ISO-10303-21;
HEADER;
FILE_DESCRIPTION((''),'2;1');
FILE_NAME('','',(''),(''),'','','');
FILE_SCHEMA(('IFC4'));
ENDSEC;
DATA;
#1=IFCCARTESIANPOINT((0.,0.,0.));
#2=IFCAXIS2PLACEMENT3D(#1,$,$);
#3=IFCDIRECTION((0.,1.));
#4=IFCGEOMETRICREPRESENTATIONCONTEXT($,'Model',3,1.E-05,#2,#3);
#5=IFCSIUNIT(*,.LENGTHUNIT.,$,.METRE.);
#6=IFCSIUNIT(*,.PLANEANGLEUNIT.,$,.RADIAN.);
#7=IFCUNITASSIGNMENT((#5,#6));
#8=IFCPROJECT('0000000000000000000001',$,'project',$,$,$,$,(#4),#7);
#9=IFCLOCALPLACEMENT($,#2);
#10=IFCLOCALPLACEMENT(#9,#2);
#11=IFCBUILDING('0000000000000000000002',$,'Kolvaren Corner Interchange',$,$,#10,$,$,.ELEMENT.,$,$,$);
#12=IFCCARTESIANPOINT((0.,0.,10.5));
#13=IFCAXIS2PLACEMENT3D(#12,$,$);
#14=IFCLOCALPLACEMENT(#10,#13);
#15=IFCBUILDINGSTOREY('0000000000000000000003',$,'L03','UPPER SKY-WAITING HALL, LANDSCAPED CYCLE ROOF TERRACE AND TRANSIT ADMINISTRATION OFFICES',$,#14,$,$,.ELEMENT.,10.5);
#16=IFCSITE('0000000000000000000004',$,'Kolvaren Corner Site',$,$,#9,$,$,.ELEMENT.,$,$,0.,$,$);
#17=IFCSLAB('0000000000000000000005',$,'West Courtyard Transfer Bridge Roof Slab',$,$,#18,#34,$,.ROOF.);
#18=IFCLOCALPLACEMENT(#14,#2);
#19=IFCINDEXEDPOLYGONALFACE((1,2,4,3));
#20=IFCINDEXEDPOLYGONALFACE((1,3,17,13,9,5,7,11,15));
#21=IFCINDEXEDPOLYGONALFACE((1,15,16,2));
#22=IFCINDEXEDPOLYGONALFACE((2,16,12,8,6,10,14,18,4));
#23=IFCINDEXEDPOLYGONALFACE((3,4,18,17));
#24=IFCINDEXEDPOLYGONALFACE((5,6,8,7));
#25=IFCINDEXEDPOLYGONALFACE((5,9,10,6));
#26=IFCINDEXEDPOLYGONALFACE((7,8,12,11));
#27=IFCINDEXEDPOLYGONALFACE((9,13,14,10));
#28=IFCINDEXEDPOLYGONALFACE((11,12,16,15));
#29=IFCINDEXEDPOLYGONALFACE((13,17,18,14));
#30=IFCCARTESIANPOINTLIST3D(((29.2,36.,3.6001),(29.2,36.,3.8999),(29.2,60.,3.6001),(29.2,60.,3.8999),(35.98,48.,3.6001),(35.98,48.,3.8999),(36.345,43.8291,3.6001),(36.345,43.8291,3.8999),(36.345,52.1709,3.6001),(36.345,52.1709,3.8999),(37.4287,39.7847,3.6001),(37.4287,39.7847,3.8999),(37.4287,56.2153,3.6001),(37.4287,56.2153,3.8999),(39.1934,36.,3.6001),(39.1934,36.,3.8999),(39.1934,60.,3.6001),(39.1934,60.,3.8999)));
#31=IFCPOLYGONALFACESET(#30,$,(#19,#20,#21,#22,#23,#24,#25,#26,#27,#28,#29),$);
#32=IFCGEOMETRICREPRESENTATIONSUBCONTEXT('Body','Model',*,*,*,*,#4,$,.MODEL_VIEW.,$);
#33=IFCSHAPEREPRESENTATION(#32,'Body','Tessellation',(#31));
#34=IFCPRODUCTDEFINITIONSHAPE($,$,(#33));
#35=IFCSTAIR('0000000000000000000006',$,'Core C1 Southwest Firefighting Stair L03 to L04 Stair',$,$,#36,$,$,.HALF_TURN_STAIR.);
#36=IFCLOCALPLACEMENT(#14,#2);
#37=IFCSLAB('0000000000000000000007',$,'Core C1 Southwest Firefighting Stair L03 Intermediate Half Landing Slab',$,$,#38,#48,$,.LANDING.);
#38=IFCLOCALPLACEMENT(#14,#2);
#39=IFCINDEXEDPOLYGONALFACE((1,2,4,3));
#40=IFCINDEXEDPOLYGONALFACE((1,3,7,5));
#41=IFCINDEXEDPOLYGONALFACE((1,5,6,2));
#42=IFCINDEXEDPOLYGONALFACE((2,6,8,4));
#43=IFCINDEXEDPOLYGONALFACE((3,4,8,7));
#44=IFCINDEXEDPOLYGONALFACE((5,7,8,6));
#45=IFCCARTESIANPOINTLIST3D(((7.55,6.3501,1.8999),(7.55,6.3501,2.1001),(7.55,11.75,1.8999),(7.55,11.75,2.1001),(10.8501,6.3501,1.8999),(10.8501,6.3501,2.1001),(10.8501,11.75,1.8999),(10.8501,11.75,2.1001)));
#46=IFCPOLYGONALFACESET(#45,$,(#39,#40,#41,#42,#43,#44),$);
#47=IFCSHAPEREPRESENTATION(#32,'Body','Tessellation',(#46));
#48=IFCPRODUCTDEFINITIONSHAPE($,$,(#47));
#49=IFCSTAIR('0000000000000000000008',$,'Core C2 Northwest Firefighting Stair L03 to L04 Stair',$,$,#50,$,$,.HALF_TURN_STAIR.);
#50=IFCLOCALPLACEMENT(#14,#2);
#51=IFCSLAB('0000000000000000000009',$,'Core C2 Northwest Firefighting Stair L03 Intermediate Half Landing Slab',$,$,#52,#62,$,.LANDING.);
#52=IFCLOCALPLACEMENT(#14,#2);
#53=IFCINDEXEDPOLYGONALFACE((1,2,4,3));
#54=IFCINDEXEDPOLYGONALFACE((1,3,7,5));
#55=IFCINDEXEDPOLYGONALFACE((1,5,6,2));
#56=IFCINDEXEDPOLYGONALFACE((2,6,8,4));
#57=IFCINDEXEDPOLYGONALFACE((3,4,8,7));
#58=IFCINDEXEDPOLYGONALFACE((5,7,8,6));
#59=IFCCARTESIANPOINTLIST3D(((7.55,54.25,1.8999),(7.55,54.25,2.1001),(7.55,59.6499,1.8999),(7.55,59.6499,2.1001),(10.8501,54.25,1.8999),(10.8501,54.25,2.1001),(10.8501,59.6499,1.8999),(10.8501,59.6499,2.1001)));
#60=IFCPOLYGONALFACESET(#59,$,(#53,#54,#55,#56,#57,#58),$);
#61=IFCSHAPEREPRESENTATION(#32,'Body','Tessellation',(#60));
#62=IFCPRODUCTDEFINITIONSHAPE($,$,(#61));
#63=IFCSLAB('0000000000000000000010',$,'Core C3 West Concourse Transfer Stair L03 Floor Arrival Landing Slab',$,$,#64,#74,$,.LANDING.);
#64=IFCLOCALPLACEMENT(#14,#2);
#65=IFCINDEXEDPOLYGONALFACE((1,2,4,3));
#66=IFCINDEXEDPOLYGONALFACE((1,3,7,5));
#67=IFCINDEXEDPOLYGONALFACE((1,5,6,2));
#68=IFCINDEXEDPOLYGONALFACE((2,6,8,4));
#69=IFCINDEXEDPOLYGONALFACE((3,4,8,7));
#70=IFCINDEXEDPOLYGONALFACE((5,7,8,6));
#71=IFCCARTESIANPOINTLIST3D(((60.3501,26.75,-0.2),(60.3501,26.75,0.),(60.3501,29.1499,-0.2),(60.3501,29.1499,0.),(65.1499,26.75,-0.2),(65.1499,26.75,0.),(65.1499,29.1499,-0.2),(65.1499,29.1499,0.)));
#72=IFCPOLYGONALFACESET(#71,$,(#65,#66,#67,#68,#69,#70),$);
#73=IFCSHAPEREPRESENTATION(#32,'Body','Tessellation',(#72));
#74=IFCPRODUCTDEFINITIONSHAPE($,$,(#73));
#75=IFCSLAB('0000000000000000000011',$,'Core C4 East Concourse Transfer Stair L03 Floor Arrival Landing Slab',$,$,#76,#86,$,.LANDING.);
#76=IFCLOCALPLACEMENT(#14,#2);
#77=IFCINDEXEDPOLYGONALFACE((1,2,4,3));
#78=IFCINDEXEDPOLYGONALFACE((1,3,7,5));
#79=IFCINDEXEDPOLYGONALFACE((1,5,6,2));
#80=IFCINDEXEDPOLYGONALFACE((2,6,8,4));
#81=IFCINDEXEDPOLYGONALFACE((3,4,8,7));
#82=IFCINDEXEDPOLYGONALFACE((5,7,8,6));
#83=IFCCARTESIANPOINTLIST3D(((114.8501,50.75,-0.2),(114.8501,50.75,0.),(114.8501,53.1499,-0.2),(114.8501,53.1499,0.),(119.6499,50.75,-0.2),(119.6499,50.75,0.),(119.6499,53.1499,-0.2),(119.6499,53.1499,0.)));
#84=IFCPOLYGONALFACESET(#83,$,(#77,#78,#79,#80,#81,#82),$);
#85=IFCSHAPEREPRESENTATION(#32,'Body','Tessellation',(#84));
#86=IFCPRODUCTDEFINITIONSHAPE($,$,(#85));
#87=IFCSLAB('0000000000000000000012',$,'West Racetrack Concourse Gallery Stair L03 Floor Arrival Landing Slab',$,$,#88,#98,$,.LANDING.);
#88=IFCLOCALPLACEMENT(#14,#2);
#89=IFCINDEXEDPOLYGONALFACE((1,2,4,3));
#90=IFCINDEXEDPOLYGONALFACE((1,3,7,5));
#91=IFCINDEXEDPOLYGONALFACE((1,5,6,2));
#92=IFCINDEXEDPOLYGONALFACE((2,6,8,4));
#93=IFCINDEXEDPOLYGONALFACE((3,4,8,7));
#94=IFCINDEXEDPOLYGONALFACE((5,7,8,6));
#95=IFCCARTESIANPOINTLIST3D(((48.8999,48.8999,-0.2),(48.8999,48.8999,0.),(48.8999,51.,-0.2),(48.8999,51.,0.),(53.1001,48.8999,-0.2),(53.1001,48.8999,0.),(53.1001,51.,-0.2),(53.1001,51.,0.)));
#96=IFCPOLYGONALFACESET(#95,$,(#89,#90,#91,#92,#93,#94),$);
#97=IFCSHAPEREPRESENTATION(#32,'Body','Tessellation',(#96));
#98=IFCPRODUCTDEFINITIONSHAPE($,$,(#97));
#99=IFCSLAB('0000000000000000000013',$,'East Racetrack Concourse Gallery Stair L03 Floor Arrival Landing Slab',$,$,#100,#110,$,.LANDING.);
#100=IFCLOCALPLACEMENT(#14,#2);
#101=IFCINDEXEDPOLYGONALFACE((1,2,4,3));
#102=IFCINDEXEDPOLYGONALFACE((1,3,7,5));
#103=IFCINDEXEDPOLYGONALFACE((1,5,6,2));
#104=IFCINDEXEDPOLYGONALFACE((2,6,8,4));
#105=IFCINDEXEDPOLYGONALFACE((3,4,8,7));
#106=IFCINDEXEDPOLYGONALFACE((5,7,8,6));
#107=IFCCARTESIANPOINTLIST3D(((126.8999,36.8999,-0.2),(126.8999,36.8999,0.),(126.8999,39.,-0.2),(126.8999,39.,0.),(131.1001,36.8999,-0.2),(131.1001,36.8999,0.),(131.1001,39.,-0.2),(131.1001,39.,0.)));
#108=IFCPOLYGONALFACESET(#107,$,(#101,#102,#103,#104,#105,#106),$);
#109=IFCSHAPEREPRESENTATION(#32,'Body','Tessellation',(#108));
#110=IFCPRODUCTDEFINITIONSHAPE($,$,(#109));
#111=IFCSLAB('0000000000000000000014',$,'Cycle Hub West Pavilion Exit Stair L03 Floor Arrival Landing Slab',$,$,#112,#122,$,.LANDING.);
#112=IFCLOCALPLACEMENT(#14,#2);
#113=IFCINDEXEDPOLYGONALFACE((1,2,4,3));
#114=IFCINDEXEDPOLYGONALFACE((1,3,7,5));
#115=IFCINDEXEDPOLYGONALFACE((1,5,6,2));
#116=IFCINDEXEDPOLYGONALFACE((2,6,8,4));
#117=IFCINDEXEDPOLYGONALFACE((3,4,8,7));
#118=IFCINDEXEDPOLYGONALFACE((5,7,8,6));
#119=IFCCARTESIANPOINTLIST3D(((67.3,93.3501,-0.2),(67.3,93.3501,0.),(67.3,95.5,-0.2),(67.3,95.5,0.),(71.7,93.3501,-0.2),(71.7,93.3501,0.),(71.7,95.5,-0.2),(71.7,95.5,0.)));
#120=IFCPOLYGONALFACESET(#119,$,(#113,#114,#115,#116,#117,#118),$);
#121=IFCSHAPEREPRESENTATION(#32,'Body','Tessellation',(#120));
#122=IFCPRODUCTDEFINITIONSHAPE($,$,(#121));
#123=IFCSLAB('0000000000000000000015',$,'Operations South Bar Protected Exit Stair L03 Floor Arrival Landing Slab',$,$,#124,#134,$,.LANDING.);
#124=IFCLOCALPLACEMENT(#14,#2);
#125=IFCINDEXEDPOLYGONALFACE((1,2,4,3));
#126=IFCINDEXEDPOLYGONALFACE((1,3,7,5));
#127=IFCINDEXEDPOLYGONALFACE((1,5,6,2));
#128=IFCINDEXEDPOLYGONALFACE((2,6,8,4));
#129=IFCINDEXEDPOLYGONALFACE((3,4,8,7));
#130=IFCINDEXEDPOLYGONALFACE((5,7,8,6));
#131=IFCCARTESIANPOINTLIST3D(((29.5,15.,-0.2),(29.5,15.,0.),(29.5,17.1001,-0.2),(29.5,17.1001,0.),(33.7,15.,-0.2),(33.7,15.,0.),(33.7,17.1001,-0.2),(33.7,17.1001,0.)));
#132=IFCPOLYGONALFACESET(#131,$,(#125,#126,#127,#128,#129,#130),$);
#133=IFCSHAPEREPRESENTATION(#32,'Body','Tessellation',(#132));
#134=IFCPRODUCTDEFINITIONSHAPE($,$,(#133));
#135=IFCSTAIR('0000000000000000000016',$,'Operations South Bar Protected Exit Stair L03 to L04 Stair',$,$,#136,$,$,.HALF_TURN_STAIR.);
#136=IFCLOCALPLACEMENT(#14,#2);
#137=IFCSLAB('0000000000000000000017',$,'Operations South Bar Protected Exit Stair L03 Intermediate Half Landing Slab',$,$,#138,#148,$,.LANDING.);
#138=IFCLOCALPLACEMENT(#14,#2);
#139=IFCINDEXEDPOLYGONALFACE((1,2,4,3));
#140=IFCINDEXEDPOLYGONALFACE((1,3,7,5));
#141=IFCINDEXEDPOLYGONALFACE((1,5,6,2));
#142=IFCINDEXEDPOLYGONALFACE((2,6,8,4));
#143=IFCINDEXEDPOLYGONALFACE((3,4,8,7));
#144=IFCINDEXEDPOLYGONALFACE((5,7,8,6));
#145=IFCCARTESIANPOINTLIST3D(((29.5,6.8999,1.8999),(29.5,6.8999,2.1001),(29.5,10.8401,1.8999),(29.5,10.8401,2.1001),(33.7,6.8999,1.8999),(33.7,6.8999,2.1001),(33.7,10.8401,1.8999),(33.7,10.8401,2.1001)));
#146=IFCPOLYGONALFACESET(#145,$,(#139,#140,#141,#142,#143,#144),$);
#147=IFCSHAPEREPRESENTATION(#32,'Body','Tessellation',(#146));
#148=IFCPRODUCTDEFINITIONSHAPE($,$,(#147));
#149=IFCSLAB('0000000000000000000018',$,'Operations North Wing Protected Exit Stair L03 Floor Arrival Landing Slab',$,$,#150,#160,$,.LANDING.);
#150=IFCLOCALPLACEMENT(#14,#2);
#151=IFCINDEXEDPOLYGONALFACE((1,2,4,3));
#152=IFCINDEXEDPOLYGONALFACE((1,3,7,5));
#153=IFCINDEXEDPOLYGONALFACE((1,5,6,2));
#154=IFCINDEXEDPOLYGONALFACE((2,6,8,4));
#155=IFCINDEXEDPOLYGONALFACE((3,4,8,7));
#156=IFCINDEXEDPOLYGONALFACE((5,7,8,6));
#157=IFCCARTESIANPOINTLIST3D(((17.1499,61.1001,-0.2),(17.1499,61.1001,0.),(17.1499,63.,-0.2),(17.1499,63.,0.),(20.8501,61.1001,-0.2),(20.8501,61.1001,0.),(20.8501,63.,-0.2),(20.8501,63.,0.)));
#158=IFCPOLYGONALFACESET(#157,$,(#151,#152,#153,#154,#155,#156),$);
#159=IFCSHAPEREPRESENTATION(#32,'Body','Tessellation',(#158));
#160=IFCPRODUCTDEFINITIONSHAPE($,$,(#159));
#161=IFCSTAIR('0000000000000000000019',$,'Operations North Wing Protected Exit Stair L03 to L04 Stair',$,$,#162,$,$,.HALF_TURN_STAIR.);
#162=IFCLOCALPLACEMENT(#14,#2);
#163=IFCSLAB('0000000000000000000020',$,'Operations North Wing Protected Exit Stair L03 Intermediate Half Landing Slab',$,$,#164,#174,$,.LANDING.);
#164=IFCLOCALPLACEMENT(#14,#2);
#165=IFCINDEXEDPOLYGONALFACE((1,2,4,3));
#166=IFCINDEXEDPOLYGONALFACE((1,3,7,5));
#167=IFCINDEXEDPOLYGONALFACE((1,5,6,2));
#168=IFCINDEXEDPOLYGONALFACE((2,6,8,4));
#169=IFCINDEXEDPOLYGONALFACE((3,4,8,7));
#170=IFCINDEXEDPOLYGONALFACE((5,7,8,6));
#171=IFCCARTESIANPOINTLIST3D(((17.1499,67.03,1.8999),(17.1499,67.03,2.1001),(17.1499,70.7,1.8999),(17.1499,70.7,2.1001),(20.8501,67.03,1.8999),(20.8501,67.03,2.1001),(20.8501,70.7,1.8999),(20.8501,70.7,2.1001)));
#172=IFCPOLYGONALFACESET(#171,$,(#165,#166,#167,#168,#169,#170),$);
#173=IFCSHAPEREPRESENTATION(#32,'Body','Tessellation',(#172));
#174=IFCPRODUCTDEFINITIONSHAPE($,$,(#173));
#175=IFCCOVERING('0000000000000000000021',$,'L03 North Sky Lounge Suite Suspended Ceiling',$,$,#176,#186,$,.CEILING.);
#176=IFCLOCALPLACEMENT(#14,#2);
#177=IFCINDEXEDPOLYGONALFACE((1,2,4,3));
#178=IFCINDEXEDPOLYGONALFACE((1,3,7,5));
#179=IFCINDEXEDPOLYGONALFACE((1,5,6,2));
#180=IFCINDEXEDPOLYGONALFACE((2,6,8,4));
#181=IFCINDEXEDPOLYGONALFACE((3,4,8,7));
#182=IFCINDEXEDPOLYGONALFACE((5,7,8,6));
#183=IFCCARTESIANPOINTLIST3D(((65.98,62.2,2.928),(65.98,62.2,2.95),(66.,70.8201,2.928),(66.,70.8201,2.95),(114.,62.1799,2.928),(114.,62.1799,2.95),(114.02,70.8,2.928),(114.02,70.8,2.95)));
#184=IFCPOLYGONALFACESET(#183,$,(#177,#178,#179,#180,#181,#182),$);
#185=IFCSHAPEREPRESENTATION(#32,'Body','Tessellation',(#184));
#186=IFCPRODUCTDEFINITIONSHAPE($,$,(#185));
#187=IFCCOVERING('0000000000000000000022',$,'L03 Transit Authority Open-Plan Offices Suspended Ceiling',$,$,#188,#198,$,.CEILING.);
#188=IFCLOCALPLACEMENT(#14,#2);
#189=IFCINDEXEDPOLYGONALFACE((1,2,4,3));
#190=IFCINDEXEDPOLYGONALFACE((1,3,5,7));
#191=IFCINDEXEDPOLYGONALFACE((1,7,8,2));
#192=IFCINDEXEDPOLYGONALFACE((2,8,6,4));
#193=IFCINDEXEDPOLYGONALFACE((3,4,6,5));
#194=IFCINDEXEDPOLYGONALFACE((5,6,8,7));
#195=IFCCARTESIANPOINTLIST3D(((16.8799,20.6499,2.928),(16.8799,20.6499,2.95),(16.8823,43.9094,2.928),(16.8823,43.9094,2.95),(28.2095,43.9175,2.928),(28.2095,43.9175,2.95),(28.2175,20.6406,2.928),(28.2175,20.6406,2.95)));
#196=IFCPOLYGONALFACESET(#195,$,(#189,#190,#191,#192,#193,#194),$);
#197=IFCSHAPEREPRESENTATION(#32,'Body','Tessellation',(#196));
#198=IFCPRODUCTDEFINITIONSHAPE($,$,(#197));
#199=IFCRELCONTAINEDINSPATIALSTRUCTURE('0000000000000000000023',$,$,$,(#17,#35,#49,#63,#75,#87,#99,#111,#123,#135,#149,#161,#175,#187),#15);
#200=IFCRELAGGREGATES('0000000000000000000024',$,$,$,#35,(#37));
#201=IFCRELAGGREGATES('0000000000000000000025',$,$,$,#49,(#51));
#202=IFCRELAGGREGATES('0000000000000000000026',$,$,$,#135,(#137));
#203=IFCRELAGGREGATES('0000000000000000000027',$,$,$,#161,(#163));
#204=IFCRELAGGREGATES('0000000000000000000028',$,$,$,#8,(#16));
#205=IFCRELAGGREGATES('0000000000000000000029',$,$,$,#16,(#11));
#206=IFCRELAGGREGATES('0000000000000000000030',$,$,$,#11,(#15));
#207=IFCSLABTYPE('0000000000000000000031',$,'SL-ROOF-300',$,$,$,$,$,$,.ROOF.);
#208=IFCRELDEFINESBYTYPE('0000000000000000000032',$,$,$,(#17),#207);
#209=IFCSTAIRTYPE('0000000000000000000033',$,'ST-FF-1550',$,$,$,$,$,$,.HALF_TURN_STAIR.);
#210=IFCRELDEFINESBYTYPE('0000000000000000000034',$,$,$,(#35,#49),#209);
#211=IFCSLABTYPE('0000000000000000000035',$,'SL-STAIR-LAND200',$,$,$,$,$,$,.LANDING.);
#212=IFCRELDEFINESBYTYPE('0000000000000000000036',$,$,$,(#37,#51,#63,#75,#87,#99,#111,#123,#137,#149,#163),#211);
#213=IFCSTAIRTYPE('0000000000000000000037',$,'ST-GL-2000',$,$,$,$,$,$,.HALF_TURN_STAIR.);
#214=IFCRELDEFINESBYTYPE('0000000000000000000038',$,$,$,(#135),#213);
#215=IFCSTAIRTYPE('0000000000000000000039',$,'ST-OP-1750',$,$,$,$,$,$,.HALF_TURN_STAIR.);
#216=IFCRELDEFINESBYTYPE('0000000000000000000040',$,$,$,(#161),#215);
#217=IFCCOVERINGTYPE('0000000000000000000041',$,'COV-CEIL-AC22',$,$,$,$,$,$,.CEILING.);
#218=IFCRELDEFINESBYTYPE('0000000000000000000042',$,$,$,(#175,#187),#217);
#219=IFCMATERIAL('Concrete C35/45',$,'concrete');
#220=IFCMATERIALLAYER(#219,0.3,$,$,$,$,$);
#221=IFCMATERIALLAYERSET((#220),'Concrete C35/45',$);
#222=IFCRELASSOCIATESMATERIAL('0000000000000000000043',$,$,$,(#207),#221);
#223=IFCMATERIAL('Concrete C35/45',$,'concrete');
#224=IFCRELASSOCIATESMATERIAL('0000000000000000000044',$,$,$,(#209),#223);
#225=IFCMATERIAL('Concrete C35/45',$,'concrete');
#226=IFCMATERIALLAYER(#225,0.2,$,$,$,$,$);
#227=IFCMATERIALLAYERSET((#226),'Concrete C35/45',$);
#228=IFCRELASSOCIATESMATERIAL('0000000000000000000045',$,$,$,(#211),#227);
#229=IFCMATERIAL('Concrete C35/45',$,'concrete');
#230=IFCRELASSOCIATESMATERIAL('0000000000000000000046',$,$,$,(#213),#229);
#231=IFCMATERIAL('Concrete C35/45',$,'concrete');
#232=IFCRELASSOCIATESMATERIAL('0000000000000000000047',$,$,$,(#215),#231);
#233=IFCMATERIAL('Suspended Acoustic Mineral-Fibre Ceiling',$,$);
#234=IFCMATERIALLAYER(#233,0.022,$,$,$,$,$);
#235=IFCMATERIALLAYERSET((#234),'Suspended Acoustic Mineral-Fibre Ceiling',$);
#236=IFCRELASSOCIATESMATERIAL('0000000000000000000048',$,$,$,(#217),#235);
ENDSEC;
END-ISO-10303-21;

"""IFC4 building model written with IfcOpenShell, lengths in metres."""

from ifc_helpers import new_model, si_unit, direction, frame, origin, place, context, subcontext, project, spatial, polyline, outline, extrude, material, layer, layer_set, type_object, element, aggregate, save


model = new_model("IFC4")

# Units and contexts
model_context = context("Model", 3, precision=1e-05, world=origin(), true_north=direction((0.0, 1.0)))
body_context = subcontext(model_context, "Body", "Model", "MODEL_VIEW")
ifc_project = project(units=[si_unit("LENGTHUNIT", "METRE"), si_unit("PLANEANGLEUNIT", "RADIAN")], contexts=[model_context])

# Site, building, storey
site_placement = place(None, origin())
site = spatial("IfcSite", under=ifc_project, at=site_placement, Name="Kolvaren Corner Site", CompositionType="ELEMENT", RefElevation=0.0)
building_placement = place(site_placement, origin())
building = spatial("IfcBuilding", under=site, at=building_placement, Name="Kolvaren Corner Interchange", CompositionType="ELEMENT")
storey_placement = place(building_placement, frame((0.0, 0.0, 10.5)))
storey = spatial("IfcBuildingStorey", under=building, at=storey_placement, Name="L03", Description="UPPER SKY-WAITING HALL, LANDSCAPED CYCLE ROOF TERRACE AND TRANSIT ADMINISTRATION OFFICES", CompositionType="ELEMENT", Elevation=10.5)

# Slab
ifc_material_1 = material(Name="Concrete C35/45", Category="concrete")
ifc_layer_1 = layer(ifc_material_1, 0.3)
ifc_layer_set_1 = layer_set([ifc_layer_1], Name="Concrete C35/45")
slab_type_1 = type_object("IfcSlabType", Name="SL-ROOF-300", PredefinedType="ROOF", material=ifc_layer_set_1)
slab_1_placement = place(storey_placement, frame((0.0, 0.0, 3.6001)))
element("IfcSlab", 1, at=slab_1_placement, inside=storey, type_object=slab_type_1, Name="West Courtyard Transfer Bridge Roof Slab", PredefinedType="ROOF", context=body_context, shape_type="SweptSolid", body=[
    extrude(outline(polyline([(29.2, 36.0), (39.1934, 36.0), (37.4287, 39.7847), (36.345, 43.8291), (35.98, 48.0), (36.345, 52.1709), (37.4287, 56.2153), (39.1934, 60.0), (29.2, 60.0), (29.2, 36.0)])), origin(), (0.0, 0.0, 1.0), 0.2998),
])

# Stairs, slabs
ifc_material_2 = material(Name="Concrete C35/45", Category="concrete")
stair_type_1 = type_object("IfcStairType", Name="ST-FF-1550", PredefinedType="HALF_TURN_STAIR", material=ifc_material_2)
stair_1_placement = place(storey_placement, origin())
stair_1 = element("IfcStair", 2, at=stair_1_placement, inside=storey, type_object=stair_type_1, Name="Core C1 Southwest Firefighting Stair L03 to L04 Stair", PredefinedType="HALF_TURN_STAIR")
ifc_material_3 = material(Name="Concrete C35/45", Category="concrete")
ifc_layer_2 = layer(ifc_material_3, 0.2)
ifc_layer_set_2 = layer_set([ifc_layer_2], Name="Concrete C35/45")
slab_type_2 = type_object("IfcSlabType", Name="SL-STAIR-LAND200", PredefinedType="LANDING", material=ifc_layer_set_2)
slab_2_placement = place(storey_placement, frame((0.0, 0.0, 1.8999)))
slab_2 = element("IfcSlab", 3, at=slab_2_placement, type_object=slab_type_2, Name="Core C1 Southwest Firefighting Stair L03 Intermediate Half Landing Slab", PredefinedType="LANDING", context=body_context, shape_type="SweptSolid", body=[
    extrude(outline(polyline([(7.55, 11.75), (7.55, 6.3501), (10.8501, 6.3501), (10.8501, 11.75), (7.55, 11.75)])), origin(), (0.0, 0.0, 1.0), 0.2002),
])
aggregate(stair_1, [slab_2])
stair_2_placement = place(storey_placement, origin())
stair_2 = element("IfcStair", 4, at=stair_2_placement, inside=storey, type_object=stair_type_1, Name="Core C2 Northwest Firefighting Stair L03 to L04 Stair", PredefinedType="HALF_TURN_STAIR")
slab_3_placement = place(storey_placement, frame((0.0, 0.0, 1.8999)))
slab_3 = element("IfcSlab", 5, at=slab_3_placement, type_object=slab_type_2, Name="Core C2 Northwest Firefighting Stair L03 Intermediate Half Landing Slab", PredefinedType="LANDING", context=body_context, shape_type="SweptSolid", body=[
    extrude(outline(polyline([(10.8501, 54.25), (10.8501, 59.6499), (7.55, 59.6499), (7.55, 54.25), (10.8501, 54.25)])), origin(), (0.0, 0.0, 1.0), 0.2002),
])
aggregate(stair_2, [slab_3])

# Slabs
slab_4_placement = place(storey_placement, frame((0.0, 0.0, -0.2)))
element("IfcSlab", 6, at=slab_4_placement, inside=storey, type_object=slab_type_2, Name="Core C3 West Concourse Transfer Stair L03 Floor Arrival Landing Slab", PredefinedType="LANDING", context=body_context, shape_type="SweptSolid", body=[
    extrude(outline(polyline([(65.1499, 26.75), (65.1499, 29.1499), (60.3501, 29.1499), (60.3501, 26.75), (65.1499, 26.75)])), origin(), (0.0, 0.0, 1.0), 0.2),
])
slab_5_placement = place(storey_placement, frame((0.0, 0.0, -0.2)))
element("IfcSlab", 7, at=slab_5_placement, inside=storey, type_object=slab_type_2, Name="Core C4 East Concourse Transfer Stair L03 Floor Arrival Landing Slab", PredefinedType="LANDING", context=body_context, shape_type="SweptSolid", body=[
    extrude(outline(polyline([(119.6499, 50.75), (119.6499, 53.1499), (114.8501, 53.1499), (114.8501, 50.75), (119.6499, 50.75)])), origin(), (0.0, 0.0, 1.0), 0.2),
])
slab_6_placement = place(storey_placement, frame((0.0, 0.0, -0.2)))
element("IfcSlab", 8, at=slab_6_placement, inside=storey, type_object=slab_type_2, Name="West Racetrack Concourse Gallery Stair L03 Floor Arrival Landing Slab", PredefinedType="LANDING", context=body_context, shape_type="SweptSolid", body=[
    extrude(outline(polyline([(53.1001, 48.8999), (53.1001, 51.0), (48.8999, 51.0), (48.8999, 48.8999), (53.1001, 48.8999)])), origin(), (0.0, 0.0, 1.0), 0.2),
])
slab_7_placement = place(storey_placement, frame((0.0, 0.0, -0.2)))
element("IfcSlab", 9, at=slab_7_placement, inside=storey, type_object=slab_type_2, Name="East Racetrack Concourse Gallery Stair L03 Floor Arrival Landing Slab", PredefinedType="LANDING", context=body_context, shape_type="SweptSolid", body=[
    extrude(outline(polyline([(131.1001, 36.8999), (131.1001, 39.0), (126.8999, 39.0), (126.8999, 36.8999), (131.1001, 36.8999)])), origin(), (0.0, 0.0, 1.0), 0.2),
])
slab_8_placement = place(storey_placement, frame((0.0, 0.0, -0.2)))
element("IfcSlab", 10, at=slab_8_placement, inside=storey, type_object=slab_type_2, Name="Cycle Hub West Pavilion Exit Stair L03 Floor Arrival Landing Slab", PredefinedType="LANDING", context=body_context, shape_type="SweptSolid", body=[
    extrude(outline(polyline([(67.3, 95.5), (67.3, 93.3501), (71.7, 93.3501), (71.7, 95.5), (67.3, 95.5)])), origin(), (0.0, 0.0, 1.0), 0.2),
])
slab_9_placement = place(storey_placement, frame((0.0, 0.0, -0.2)))
element("IfcSlab", 11, at=slab_9_placement, inside=storey, type_object=slab_type_2, Name="Operations South Bar Protected Exit Stair L03 Floor Arrival Landing Slab", PredefinedType="LANDING", context=body_context, shape_type="SweptSolid", body=[
    extrude(outline(polyline([(29.5, 17.1001), (29.5, 15.0), (33.7, 15.0), (33.7, 17.1001), (29.5, 17.1001)])), origin(), (0.0, 0.0, 1.0), 0.2),
])

# Stair, slab
ifc_material_4 = material(Name="Concrete C35/45", Category="concrete")
stair_type_2 = type_object("IfcStairType", Name="ST-GL-2000", PredefinedType="HALF_TURN_STAIR", material=ifc_material_4)
stair_3_placement = place(storey_placement, origin())
stair_3 = element("IfcStair", 12, at=stair_3_placement, inside=storey, type_object=stair_type_2, Name="Operations South Bar Protected Exit Stair L03 to L04 Stair", PredefinedType="HALF_TURN_STAIR")
slab_10_placement = place(storey_placement, frame((0.0, 0.0, 1.8999)))
slab_10 = element("IfcSlab", 13, at=slab_10_placement, type_object=slab_type_2, Name="Operations South Bar Protected Exit Stair L03 Intermediate Half Landing Slab", PredefinedType="LANDING", context=body_context, shape_type="SweptSolid", body=[
    extrude(outline(polyline([(29.5, 10.8401), (29.5, 6.8999), (33.7, 6.8999), (33.7, 10.8401), (29.5, 10.8401)])), origin(), (0.0, 0.0, 1.0), 0.2002),
])
aggregate(stair_3, [slab_10])

# Slab
slab_11_placement = place(storey_placement, frame((0.0, 0.0, -0.2)))
element("IfcSlab", 14, at=slab_11_placement, inside=storey, type_object=slab_type_2, Name="Operations North Wing Protected Exit Stair L03 Floor Arrival Landing Slab", PredefinedType="LANDING", context=body_context, shape_type="SweptSolid", body=[
    extrude(outline(polyline([(20.8501, 61.1001), (20.8501, 63.0), (17.1499, 63.0), (17.1499, 61.1001), (20.8501, 61.1001)])), origin(), (0.0, 0.0, 1.0), 0.2),
])

# Stair, slab
ifc_material_5 = material(Name="Concrete C35/45", Category="concrete")
stair_type_3 = type_object("IfcStairType", Name="ST-OP-1750", PredefinedType="HALF_TURN_STAIR", material=ifc_material_5)
stair_4_placement = place(storey_placement, origin())
stair_4 = element("IfcStair", 15, at=stair_4_placement, inside=storey, type_object=stair_type_3, Name="Operations North Wing Protected Exit Stair L03 to L04 Stair", PredefinedType="HALF_TURN_STAIR")
slab_12_placement = place(storey_placement, frame((0.0, 0.0, 1.8999)))
slab_12 = element("IfcSlab", 16, at=slab_12_placement, type_object=slab_type_2, Name="Operations North Wing Protected Exit Stair L03 Intermediate Half Landing Slab", PredefinedType="LANDING", context=body_context, shape_type="SweptSolid", body=[
    extrude(outline(polyline([(20.8501, 67.03), (20.8501, 70.7), (17.1499, 70.7), (17.1499, 67.03), (20.8501, 67.03)])), origin(), (0.0, 0.0, 1.0), 0.2002),
])
aggregate(stair_4, [slab_12])

# Coverings
ifc_material_6 = material(Name="Suspended Acoustic Mineral-Fibre Ceiling")
ifc_layer_3 = layer(ifc_material_6, 0.022)
ifc_layer_set_3 = layer_set([ifc_layer_3], Name="Suspended Acoustic Mineral-Fibre Ceiling")
covering_type_1 = type_object("IfcCoveringType", Name="COV-CEIL-AC22", PredefinedType="CEILING", material=ifc_layer_set_3)
covering_1_placement = place(storey_placement, frame((0.0, 0.0, 2.928)))
element("IfcCovering", 17, at=covering_1_placement, inside=storey, type_object=covering_type_1, Name="L03 North Sky Lounge Suite Suspended Ceiling", PredefinedType="CEILING", context=body_context, shape_type="SweptSolid", body=[
    extrude(outline(polyline([(114.0, 62.1799), (114.02, 70.8), (66.0, 70.8201), (65.98, 62.2), (114.0, 62.1799)])), origin(), (0.0, 0.0, 1.0), 0.022),
])
covering_2_placement = place(storey_placement, frame((0.0, 0.0, 2.928)))
element("IfcCovering", 18, at=covering_2_placement, inside=storey, type_object=covering_type_1, Name="L03 Transit Authority Open-Plan Offices Suspended Ceiling", PredefinedType="CEILING", context=body_context, shape_type="SweptSolid", body=[
    extrude(outline(polyline([(16.8799, 20.6499), (28.2175, 20.6406), (28.2095, 43.9175), (16.8823, 43.9094), (16.8799, 20.6499)])), origin(), (0.0, 0.0, 1.0), 0.022),
])

save(model, "model.ifc")
